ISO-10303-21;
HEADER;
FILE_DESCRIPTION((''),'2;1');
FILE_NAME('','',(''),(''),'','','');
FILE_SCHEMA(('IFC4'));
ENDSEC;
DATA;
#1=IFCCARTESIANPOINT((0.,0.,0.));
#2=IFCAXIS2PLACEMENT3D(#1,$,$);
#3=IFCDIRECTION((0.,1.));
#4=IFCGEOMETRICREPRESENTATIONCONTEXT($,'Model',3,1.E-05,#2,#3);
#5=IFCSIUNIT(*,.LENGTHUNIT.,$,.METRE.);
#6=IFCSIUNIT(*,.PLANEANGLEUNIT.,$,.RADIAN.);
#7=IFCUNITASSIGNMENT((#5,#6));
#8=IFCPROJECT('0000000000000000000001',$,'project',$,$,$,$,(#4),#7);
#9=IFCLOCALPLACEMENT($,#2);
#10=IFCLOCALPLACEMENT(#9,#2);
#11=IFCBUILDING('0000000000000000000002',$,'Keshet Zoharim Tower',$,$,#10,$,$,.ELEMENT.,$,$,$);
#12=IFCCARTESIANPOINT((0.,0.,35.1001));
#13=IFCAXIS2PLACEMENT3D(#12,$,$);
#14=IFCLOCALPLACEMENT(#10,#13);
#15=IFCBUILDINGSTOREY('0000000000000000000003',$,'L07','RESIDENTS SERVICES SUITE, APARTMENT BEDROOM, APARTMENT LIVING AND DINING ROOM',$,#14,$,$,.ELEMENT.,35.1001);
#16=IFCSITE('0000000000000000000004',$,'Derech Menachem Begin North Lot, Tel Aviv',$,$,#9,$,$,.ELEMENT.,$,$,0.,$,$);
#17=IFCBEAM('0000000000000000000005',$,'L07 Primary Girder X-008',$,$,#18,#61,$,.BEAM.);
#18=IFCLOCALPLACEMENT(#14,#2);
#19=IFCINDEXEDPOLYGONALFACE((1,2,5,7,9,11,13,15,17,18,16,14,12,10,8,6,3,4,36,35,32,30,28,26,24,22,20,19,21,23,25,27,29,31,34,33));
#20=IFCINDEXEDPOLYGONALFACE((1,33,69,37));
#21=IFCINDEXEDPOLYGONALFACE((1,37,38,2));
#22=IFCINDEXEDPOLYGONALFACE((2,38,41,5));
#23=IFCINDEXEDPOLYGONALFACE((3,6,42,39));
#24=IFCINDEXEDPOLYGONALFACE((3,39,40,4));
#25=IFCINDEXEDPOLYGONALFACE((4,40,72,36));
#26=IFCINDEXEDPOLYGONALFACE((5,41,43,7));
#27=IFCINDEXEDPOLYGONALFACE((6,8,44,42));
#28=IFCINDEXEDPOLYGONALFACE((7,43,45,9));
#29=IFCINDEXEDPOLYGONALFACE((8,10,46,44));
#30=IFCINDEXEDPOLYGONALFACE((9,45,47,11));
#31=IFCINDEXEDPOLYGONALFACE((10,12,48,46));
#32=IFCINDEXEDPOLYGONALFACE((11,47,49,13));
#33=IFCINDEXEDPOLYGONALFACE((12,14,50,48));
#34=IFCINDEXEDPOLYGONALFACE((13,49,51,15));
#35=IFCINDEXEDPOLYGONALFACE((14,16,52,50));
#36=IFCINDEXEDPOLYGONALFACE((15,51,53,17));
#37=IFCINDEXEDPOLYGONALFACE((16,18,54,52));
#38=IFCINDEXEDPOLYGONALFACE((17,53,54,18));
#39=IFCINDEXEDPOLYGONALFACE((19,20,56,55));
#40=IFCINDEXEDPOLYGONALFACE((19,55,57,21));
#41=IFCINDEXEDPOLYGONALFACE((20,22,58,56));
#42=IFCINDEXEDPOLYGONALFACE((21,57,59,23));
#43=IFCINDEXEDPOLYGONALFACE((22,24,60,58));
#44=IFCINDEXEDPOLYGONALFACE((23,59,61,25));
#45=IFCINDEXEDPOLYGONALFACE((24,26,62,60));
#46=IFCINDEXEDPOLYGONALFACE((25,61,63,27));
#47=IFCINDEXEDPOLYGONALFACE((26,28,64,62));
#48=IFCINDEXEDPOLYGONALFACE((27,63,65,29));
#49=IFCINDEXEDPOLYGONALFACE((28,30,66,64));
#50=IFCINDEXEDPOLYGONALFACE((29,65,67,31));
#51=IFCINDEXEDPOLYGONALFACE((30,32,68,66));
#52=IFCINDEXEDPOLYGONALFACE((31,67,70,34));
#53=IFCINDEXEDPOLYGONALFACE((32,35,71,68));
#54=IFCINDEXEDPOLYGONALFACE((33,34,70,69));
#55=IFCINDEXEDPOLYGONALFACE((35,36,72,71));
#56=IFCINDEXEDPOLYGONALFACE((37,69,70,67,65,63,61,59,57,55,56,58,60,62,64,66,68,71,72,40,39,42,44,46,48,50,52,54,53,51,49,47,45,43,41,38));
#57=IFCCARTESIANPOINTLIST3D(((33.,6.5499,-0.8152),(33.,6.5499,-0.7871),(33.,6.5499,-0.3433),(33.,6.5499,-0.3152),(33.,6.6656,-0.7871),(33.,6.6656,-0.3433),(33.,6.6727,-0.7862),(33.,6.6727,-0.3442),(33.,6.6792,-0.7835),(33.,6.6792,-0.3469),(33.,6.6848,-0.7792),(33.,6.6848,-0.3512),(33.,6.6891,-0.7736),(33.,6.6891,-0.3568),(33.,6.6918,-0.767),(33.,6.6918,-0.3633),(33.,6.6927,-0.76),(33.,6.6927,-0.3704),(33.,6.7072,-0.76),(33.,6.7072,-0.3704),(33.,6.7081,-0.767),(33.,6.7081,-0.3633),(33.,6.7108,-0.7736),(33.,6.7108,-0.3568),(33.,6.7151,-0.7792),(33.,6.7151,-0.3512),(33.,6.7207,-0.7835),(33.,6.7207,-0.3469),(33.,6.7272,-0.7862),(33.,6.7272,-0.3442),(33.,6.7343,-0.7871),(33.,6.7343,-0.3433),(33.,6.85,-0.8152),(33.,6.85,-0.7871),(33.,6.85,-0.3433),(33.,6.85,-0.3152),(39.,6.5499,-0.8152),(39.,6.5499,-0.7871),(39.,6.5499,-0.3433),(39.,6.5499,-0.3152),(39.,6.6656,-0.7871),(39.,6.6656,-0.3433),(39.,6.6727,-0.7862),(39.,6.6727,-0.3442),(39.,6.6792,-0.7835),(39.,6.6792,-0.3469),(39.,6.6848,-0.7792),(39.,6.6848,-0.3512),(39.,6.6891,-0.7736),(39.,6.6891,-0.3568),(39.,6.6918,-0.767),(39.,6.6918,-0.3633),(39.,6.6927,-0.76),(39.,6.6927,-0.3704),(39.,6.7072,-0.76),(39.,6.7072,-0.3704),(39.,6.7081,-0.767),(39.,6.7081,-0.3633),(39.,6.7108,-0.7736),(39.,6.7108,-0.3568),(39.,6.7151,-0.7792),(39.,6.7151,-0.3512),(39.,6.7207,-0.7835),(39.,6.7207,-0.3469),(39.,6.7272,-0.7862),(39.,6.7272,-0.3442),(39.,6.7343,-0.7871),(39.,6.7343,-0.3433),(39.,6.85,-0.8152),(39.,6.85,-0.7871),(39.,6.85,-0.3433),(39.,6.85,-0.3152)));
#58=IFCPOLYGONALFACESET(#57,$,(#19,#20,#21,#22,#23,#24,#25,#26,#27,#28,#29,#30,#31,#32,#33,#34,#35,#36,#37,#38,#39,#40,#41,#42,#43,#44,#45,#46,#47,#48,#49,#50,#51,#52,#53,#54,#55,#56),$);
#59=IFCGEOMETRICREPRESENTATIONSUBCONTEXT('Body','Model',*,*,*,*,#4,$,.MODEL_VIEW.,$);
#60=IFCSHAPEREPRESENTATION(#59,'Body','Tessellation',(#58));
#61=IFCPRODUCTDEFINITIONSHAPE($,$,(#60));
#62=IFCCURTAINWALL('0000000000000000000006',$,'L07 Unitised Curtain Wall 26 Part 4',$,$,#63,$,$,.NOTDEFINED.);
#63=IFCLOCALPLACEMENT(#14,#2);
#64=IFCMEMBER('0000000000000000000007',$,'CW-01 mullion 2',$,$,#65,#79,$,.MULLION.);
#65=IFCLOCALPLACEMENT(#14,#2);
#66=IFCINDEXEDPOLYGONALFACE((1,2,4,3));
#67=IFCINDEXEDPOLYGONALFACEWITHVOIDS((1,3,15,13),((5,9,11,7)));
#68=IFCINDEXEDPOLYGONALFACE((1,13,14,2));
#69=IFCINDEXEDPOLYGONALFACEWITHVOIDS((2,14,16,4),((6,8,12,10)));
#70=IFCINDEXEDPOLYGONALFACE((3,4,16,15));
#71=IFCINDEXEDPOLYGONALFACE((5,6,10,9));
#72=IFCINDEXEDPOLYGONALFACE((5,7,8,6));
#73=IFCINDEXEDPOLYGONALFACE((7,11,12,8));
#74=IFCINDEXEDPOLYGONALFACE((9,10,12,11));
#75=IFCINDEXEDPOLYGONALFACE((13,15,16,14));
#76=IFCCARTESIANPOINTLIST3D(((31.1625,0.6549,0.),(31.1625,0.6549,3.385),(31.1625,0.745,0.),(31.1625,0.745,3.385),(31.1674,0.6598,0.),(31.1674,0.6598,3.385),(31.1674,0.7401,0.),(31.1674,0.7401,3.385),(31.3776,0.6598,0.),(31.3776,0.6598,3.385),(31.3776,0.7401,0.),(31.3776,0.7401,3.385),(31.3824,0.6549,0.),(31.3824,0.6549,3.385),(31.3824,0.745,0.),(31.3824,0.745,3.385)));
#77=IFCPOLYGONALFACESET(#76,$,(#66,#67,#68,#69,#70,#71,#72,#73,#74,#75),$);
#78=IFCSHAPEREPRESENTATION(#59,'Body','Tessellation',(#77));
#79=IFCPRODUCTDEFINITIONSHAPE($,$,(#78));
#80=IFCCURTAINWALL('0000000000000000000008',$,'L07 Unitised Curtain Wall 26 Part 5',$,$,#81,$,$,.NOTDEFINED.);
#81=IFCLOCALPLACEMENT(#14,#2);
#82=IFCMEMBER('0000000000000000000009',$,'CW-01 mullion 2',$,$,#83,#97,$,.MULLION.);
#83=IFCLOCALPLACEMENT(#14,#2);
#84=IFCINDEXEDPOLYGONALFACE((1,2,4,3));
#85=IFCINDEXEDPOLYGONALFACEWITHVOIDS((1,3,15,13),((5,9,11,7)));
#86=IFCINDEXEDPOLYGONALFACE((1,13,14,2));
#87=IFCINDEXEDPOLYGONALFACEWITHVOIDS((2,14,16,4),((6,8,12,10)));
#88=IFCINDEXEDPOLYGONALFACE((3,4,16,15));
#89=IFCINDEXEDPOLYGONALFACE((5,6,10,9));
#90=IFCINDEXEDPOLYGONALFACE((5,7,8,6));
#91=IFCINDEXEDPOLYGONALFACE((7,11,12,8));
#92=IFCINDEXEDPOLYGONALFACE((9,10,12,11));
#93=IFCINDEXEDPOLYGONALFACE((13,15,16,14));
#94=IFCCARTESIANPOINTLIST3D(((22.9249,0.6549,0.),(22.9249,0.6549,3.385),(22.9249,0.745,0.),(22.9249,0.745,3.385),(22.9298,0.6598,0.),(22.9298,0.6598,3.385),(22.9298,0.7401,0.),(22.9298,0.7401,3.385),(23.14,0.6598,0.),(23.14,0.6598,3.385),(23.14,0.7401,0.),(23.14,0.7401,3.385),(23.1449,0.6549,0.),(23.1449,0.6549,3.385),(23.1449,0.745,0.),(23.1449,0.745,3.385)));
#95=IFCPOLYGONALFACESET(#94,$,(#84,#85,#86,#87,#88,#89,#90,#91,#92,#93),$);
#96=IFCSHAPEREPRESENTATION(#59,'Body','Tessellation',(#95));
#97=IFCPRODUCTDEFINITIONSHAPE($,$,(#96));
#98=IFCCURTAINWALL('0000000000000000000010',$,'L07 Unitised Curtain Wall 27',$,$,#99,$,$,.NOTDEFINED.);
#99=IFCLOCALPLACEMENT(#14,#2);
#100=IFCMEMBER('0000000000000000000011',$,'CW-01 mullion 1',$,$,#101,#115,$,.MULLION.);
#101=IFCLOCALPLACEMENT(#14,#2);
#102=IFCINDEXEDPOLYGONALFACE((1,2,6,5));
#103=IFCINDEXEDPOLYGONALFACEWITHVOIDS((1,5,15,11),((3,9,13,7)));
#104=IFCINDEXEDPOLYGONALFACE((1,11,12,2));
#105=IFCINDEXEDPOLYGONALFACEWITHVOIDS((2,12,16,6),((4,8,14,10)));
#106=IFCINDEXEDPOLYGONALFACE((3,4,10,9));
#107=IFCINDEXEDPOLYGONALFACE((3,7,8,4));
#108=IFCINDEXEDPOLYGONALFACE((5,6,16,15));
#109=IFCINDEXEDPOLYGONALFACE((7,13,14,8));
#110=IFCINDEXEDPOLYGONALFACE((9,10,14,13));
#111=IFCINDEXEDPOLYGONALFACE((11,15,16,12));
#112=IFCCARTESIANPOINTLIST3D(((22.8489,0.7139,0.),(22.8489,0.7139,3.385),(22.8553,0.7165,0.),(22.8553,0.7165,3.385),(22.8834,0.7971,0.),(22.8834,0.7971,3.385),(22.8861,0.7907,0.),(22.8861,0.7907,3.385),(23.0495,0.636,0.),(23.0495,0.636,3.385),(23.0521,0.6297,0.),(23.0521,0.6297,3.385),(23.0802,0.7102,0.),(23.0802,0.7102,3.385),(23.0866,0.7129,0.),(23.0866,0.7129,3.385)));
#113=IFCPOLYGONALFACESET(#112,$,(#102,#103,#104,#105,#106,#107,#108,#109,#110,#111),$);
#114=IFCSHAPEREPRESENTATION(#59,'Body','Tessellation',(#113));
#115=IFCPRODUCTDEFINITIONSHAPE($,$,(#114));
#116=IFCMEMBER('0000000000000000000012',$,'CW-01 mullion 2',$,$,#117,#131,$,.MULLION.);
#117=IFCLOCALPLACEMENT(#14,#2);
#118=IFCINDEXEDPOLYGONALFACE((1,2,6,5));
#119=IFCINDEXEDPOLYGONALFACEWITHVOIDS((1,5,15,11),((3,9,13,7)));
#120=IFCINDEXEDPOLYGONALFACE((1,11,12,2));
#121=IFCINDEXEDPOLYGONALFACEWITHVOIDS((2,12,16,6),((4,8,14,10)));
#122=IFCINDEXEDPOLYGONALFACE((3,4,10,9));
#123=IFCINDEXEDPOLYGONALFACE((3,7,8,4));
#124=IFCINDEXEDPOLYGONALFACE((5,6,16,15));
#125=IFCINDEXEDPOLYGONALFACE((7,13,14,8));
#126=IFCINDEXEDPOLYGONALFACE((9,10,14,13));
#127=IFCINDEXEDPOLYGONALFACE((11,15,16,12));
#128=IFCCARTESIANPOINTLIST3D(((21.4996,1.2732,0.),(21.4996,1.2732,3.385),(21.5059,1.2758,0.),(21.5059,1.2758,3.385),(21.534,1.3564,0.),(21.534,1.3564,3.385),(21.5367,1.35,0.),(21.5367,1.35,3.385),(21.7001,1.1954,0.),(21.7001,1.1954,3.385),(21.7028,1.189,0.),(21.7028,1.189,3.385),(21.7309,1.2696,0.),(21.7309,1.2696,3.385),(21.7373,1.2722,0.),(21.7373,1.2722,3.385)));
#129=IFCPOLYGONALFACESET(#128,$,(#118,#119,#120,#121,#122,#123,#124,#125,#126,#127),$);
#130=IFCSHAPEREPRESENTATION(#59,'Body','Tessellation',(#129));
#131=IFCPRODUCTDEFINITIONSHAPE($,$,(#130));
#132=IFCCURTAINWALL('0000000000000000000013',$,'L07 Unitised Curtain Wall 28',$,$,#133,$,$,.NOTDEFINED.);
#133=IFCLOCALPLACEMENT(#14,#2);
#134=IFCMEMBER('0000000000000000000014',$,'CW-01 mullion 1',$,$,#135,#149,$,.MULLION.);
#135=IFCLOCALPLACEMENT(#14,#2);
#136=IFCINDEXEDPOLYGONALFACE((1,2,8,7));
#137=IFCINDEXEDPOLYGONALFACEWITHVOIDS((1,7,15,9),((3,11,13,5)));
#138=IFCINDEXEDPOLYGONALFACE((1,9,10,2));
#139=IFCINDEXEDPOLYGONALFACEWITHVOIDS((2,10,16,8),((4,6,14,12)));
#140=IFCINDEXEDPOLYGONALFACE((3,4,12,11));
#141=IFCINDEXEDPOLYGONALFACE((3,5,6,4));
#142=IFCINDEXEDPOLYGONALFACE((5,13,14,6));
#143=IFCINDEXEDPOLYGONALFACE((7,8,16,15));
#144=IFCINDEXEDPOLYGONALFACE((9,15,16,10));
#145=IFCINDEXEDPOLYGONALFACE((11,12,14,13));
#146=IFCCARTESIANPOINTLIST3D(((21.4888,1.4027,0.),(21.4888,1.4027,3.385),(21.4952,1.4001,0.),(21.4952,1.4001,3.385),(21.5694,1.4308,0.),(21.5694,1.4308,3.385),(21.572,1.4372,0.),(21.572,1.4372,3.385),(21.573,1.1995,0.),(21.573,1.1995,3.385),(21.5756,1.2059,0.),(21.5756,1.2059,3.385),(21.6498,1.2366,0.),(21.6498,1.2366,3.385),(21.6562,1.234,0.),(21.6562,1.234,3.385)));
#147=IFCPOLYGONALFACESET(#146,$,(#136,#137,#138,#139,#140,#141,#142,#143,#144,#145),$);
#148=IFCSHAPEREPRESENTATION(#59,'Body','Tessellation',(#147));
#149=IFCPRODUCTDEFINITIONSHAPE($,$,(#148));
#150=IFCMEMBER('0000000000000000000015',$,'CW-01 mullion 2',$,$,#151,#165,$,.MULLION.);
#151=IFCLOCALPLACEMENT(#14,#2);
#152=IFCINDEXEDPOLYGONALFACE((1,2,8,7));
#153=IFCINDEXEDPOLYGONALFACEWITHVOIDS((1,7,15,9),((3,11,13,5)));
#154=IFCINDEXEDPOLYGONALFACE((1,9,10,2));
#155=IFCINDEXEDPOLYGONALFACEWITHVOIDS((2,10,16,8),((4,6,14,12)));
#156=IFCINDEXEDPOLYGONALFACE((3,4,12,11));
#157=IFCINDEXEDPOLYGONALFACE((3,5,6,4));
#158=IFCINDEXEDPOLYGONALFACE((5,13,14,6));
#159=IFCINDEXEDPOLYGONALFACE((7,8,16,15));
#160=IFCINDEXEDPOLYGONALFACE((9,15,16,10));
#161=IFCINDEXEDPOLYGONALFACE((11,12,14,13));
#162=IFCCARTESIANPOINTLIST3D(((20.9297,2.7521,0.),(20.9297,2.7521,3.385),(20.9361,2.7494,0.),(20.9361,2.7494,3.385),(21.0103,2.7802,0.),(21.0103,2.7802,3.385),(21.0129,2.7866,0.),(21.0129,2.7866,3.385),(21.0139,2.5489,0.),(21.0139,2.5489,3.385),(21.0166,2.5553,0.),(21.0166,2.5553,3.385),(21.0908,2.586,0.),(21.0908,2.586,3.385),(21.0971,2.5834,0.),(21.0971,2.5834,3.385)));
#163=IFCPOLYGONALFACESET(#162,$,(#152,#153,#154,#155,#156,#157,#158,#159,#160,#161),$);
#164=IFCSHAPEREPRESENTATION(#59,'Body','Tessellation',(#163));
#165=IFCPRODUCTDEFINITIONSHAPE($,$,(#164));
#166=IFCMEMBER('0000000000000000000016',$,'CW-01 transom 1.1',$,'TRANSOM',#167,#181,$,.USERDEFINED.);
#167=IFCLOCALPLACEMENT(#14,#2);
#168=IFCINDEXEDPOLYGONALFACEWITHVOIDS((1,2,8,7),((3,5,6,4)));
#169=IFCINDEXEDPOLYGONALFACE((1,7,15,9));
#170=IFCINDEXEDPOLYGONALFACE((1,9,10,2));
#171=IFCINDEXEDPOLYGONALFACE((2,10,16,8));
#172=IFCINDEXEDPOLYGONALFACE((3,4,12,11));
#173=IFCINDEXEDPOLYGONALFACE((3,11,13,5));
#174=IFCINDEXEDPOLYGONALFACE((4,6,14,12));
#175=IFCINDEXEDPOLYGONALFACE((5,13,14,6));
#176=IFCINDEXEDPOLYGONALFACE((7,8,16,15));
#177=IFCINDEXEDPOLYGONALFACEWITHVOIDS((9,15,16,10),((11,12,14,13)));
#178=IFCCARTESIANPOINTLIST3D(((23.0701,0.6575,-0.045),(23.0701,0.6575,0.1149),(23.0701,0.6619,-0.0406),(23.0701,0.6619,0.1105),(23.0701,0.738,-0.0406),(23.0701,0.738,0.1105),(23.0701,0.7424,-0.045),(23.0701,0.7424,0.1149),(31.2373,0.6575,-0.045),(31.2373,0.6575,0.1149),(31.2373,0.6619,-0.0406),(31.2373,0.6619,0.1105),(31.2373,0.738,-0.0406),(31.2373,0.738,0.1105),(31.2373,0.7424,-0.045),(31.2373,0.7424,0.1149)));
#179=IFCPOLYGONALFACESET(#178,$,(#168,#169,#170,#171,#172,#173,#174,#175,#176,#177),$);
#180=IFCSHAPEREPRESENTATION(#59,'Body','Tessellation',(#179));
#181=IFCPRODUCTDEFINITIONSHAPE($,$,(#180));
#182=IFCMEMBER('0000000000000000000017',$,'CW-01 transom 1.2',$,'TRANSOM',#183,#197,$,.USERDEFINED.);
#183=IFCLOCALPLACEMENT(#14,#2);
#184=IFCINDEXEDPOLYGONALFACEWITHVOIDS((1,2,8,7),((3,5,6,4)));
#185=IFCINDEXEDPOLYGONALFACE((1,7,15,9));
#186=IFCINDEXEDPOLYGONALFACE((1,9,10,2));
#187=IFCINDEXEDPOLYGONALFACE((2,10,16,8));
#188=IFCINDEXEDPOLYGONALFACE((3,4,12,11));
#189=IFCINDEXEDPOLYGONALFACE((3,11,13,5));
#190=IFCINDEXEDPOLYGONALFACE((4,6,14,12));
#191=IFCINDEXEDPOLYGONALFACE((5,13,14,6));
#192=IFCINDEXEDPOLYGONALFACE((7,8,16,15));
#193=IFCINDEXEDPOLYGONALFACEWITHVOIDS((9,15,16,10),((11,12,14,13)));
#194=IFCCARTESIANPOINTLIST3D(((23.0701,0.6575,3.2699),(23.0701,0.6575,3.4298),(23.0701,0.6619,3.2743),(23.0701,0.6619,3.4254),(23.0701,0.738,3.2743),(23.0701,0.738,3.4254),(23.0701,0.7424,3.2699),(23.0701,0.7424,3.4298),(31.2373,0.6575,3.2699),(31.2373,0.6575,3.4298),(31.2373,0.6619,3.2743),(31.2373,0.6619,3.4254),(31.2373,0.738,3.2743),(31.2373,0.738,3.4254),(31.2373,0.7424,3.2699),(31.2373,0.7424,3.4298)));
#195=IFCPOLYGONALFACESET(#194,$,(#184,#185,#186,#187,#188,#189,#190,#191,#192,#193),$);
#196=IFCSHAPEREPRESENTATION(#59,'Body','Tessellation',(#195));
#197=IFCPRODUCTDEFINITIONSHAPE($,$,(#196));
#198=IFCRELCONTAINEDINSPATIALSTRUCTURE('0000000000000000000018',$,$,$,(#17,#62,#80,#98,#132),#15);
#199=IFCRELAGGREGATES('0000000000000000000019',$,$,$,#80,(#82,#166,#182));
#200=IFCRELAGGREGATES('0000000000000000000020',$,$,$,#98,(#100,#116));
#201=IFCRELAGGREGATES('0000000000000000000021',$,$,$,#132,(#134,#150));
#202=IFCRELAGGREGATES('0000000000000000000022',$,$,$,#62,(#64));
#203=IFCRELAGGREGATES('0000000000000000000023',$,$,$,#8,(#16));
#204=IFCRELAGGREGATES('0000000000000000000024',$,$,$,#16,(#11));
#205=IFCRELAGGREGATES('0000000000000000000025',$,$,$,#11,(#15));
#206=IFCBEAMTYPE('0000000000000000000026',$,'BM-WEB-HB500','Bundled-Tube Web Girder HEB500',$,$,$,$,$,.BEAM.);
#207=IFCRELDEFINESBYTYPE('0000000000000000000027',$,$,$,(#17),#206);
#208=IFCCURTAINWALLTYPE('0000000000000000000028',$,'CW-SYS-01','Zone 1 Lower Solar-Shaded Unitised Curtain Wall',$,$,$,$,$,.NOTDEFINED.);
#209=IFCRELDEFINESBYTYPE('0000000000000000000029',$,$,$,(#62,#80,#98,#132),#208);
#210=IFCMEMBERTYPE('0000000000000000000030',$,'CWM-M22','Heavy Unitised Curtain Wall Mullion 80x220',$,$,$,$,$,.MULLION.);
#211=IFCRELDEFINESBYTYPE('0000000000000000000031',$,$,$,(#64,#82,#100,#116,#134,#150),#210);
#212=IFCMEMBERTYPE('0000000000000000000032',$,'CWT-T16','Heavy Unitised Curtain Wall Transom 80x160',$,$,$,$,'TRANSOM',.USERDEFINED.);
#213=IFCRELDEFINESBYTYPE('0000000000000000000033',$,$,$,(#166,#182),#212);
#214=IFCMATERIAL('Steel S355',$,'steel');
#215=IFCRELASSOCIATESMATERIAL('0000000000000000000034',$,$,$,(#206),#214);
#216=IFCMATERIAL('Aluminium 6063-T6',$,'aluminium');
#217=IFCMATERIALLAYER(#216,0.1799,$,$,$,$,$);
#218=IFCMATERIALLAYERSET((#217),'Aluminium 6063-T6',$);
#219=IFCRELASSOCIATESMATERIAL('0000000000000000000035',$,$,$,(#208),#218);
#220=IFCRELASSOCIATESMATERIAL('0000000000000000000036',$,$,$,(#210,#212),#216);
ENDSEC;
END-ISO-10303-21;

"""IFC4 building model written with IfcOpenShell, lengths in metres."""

from ifc_helpers import new_model, si_unit, direction, frame, origin, origin_2d, place, context, subcontext, project, spatial, hollow_rectangle, i_section, extrude, material, layer, layer_set, material_profile, profile_set, type_object, element, aggregate, save


model = new_model("IFC4")

# Units and contexts
model_context = context("Model", 3, precision=1e-05, world=origin(), true_north=direction((0.0, 1.0)))
body_context = subcontext(model_context, "Body", "Model", "MODEL_VIEW")
ifc_project = project(units=[si_unit("LENGTHUNIT", "METRE"), si_unit("PLANEANGLEUNIT", "RADIAN")], contexts=[model_context])

# Site, building, storey
site_placement = place(None, origin())
site = spatial("IfcSite", under=ifc_project, at=site_placement, Name="Derech Menachem Begin North Lot, Tel Aviv", CompositionType="ELEMENT", RefElevation=0.0)
building_placement = place(site_placement, origin())
building = spatial("IfcBuilding", under=site, at=building_placement, Name="Keshet Zoharim Tower", CompositionType="ELEMENT")
storey_placement = place(building_placement, frame((0.0, 0.0, 35.1001)))
storey = spatial("IfcBuildingStorey", under=building, at=storey_placement, Name="L07", Description="RESIDENTS SERVICES SUITE, APARTMENT BEDROOM, APARTMENT LIVING AND DINING ROOM", CompositionType="ELEMENT", Elevation=35.1001)

# Shared definitions
ifc_material_1 = material(Name="Steel S355", Category="steel")

# Beam
ifc_material_profile_1 = material_profile(ifc_material_1, i_section(OverallWidth=0.3, OverallDepth=0.5, WebThickness=0.0144, FlangeThickness=0.0281, FilletRadius=0.0271, at=origin_2d()), Name="HEB500")
ifc_profile_set_1 = profile_set([ifc_material_profile_1], Name="Steel S355")
beam_type_1 = type_object("IfcBeamType", Name="BM-WEB-HB500", Description="Bundled-Tube Web Girder HEB500", PredefinedType="BEAM", material=ifc_profile_set_1)
for number, where, z_axis, x_axis, name in (
    (1, (33.0, 6.7, -0.5652), (1.0, 0.0, 0.0), (0.0, 1.0, 0.0), "L07 Primary Girder X-008"),
):
    element("IfcBeam", number, at=place(storey_placement, frame(where, z_axis=z_axis, x_axis=x_axis)), inside=storey, type_object=beam_type_1, Name=name, PredefinedType="BEAM", context=body_context, shape_type="SweptSolid", body=[
        extrude(i_section(OverallWidth=0.3, OverallDepth=0.5, WebThickness=0.0144, FlangeThickness=0.0281, FilletRadius=0.0271, at=origin_2d()), origin(), (0.0, 0.0, 1.0), 6.0),
    ])

# Curtain walls, members
ifc_material_2 = material(Name="Aluminium 6063-T6", Category="aluminium")
ifc_layer_1 = layer(ifc_material_2, 0.1799)
ifc_layer_set_1 = layer_set([ifc_layer_1], Name="Aluminium 6063-T6")
curtain_wall_type = type_object("IfcCurtainWallType", Name="CW-SYS-01", Description="Zone 1 Lower Solar-Shaded Unitised Curtain Wall", PredefinedType="NOTDEFINED", material=ifc_layer_set_1)
curtain_wall_1_placement = place(storey_placement, origin())
curtain_wall_1 = element("IfcCurtainWall", 2, at=curtain_wall_1_placement, inside=storey, type_object=curtain_wall_type, Name="L07 Unitised Curtain Wall 26 Part 4", PredefinedType="NOTDEFINED")
ifc_material_profile_2 = material_profile(ifc_material_2, hollow_rectangle(XDim=0.0901, YDim=0.22, WallThickness=0.0049, at=origin_2d()), Name="MUL-90x220")
ifc_profile_set_2 = profile_set([ifc_material_profile_2], Name="Aluminium 6063-T6")
member_type_1 = type_object("IfcMemberType", Name="CWM-M22", Description="Heavy Unitised Curtain Wall Mullion 80x220", PredefinedType="MULLION", material=ifc_profile_set_2)
member_1_placement = place(storey_placement, frame((31.2725, 0.7, 0.0), z_axis=(0.0, 0.0, 1.0), x_axis=(0.0, -1.0, 0.0)))
member_1 = element("IfcMember", 3, at=member_1_placement, type_object=member_type_1, Name="CW-01 mullion 2", PredefinedType="MULLION", context=body_context, shape_type="SweptSolid", body=[
    extrude(hollow_rectangle(XDim=0.0901, YDim=0.22, WallThickness=0.0049, at=origin_2d()), origin(), (0.0, 0.0, 1.0), 3.385),
])
curtain_wall_2_placement = place(storey_placement, origin())
curtain_wall_2 = element("IfcCurtainWall", 4, at=curtain_wall_2_placement, inside=storey, type_object=curtain_wall_type, Name="L07 Unitised Curtain Wall 26 Part 5", PredefinedType="NOTDEFINED")
member_2_placement = place(storey_placement, frame((23.0349, 0.7, 0.0), z_axis=(0.0, 0.0, 1.0), x_axis=(0.0, -1.0, 0.0)))
member_2 = element("IfcMember", 5, at=member_2_placement, type_object=member_type_1, Name="CW-01 mullion 2", PredefinedType="MULLION", context=body_context, shape_type="SweptSolid", body=[
    extrude(hollow_rectangle(XDim=0.0901, YDim=0.22, WallThickness=0.0049, at=origin_2d()), origin(), (0.0, 0.0, 1.0), 3.385),
])

# Curtain walls, members
curtain_wall_3_placement = place(storey_placement, origin())
curtain_wall_3 = element("IfcCurtainWall", 6, at=curtain_wall_3_placement, inside=storey, type_object=curtain_wall_type, Name="L07 Unitised Curtain Wall 27", PredefinedType="NOTDEFINED")
member_3_placement = place(storey_placement, frame((22.9678, 0.7134, 0.0), z_axis=(0.0, 0.0, 1.0), x_axis=(-0.382852, -0.92381, 0.0)))
member_3 = element("IfcMember", 7, at=member_3_placement, type_object=member_type_1, Name="CW-01 mullion 1", PredefinedType="MULLION", context=body_context, shape_type="SweptSolid", body=[
    extrude(hollow_rectangle(XDim=0.0901, YDim=0.22, WallThickness=0.0049, at=origin_2d()), origin(), (0.0, 0.0, 1.0), 3.385),
])
member_4_placement = place(storey_placement, frame((21.6184, 1.2727, 0.0), z_axis=(0.0, 0.0, 1.0), x_axis=(-0.382852, -0.92381, 0.0)))
member_4 = element("IfcMember", 8, at=member_4_placement, type_object=member_type_1, Name="CW-01 mullion 2", PredefinedType="MULLION", context=body_context, shape_type="SweptSolid", body=[
    extrude(hollow_rectangle(XDim=0.0901, YDim=0.22, WallThickness=0.0049, at=origin_2d()), origin(), (0.0, 0.0, 1.0), 3.385),
])
curtain_wall_4_placement = place(storey_placement, origin())
curtain_wall_4 = element("IfcCurtainWall", 9, at=curtain_wall_4_placement, inside=storey, type_object=curtain_wall_type, Name="L07 Unitised Curtain Wall 28", PredefinedType="NOTDEFINED")
member_5_placement = place(storey_placement, frame((21.5725, 1.3184, 0.0), z_axis=(0.0, 0.0, 1.0), x_axis=(-0.92381, -0.382852, 0.0)))
member_5 = element("IfcMember", 10, at=member_5_placement, type_object=member_type_1, Name="CW-01 mullion 1", PredefinedType="MULLION", context=body_context, shape_type="SweptSolid", body=[
    extrude(hollow_rectangle(XDim=0.0901, YDim=0.22, WallThickness=0.0049, at=origin_2d()), origin(), (0.0, 0.0, 1.0), 3.385),
])
member_6_placement = place(storey_placement, frame((21.0134, 2.6677, 0.0), z_axis=(0.0, 0.0, 1.0), x_axis=(-0.92381, -0.382852, 0.0)))
member_6 = element("IfcMember", 11, at=member_6_placement, type_object=member_type_1, Name="CW-01 mullion 2", PredefinedType="MULLION", context=body_context, shape_type="SweptSolid", body=[
    extrude(hollow_rectangle(XDim=0.0901, YDim=0.22, WallThickness=0.0049, at=origin_2d()), origin(), (0.0, 0.0, 1.0), 3.385),
])

# Members
ifc_material_profile_3 = material_profile(ifc_material_2, hollow_rectangle(XDim=0.085, YDim=0.1599, WallThickness=0.0044, at=origin_2d()), Name="TRN-85x160")
ifc_profile_set_3 = profile_set([ifc_material_profile_3], Name="Aluminium 6063-T6")
member_type_2 = type_object("IfcMemberType", Name="CWT-T16", Description="Heavy Unitised Curtain Wall Transom 80x160", ElementType="TRANSOM", PredefinedType="USERDEFINED", material=ifc_profile_set_3)
member_7_placement = place(storey_placement, frame((31.2373, 0.7, 0.0349), z_axis=(-1.0, 0.0, 0.0), x_axis=(0.0, -1.0, 0.0)))
member_7 = element("IfcMember", 12, at=member_7_placement, type_object=member_type_2, Name="CW-01 transom 1.1", ObjectType="TRANSOM", PredefinedType="USERDEFINED", context=body_context, shape_type="SweptSolid", body=[
    extrude(hollow_rectangle(XDim=0.085, YDim=0.1599, WallThickness=0.0044, at=origin_2d()), origin(), (0.0, 0.0, 1.0), 8.1672),
])
member_8_placement = place(storey_placement, frame((31.2373, 0.7, 3.3499), z_axis=(-1.0, 0.0, 0.0), x_axis=(0.0, -1.0, 0.0)))
member_8 = element("IfcMember", 13, at=member_8_placement, type_object=member_type_2, Name="CW-01 transom 1.2", ObjectType="TRANSOM", PredefinedType="USERDEFINED", context=body_context, shape_type="SweptSolid", body=[
    extrude(hollow_rectangle(XDim=0.085, YDim=0.1599, WallThickness=0.0044, at=origin_2d()), origin(), (0.0, 0.0, 1.0), 8.1672),
])

aggregate(curtain_wall_2, [member_2, member_7, member_8])
aggregate(curtain_wall_3, [member_3, member_4])
aggregate(curtain_wall_4, [member_5, member_6])
aggregate(curtain_wall_1, [member_1])

save(model, "model.ifc")
